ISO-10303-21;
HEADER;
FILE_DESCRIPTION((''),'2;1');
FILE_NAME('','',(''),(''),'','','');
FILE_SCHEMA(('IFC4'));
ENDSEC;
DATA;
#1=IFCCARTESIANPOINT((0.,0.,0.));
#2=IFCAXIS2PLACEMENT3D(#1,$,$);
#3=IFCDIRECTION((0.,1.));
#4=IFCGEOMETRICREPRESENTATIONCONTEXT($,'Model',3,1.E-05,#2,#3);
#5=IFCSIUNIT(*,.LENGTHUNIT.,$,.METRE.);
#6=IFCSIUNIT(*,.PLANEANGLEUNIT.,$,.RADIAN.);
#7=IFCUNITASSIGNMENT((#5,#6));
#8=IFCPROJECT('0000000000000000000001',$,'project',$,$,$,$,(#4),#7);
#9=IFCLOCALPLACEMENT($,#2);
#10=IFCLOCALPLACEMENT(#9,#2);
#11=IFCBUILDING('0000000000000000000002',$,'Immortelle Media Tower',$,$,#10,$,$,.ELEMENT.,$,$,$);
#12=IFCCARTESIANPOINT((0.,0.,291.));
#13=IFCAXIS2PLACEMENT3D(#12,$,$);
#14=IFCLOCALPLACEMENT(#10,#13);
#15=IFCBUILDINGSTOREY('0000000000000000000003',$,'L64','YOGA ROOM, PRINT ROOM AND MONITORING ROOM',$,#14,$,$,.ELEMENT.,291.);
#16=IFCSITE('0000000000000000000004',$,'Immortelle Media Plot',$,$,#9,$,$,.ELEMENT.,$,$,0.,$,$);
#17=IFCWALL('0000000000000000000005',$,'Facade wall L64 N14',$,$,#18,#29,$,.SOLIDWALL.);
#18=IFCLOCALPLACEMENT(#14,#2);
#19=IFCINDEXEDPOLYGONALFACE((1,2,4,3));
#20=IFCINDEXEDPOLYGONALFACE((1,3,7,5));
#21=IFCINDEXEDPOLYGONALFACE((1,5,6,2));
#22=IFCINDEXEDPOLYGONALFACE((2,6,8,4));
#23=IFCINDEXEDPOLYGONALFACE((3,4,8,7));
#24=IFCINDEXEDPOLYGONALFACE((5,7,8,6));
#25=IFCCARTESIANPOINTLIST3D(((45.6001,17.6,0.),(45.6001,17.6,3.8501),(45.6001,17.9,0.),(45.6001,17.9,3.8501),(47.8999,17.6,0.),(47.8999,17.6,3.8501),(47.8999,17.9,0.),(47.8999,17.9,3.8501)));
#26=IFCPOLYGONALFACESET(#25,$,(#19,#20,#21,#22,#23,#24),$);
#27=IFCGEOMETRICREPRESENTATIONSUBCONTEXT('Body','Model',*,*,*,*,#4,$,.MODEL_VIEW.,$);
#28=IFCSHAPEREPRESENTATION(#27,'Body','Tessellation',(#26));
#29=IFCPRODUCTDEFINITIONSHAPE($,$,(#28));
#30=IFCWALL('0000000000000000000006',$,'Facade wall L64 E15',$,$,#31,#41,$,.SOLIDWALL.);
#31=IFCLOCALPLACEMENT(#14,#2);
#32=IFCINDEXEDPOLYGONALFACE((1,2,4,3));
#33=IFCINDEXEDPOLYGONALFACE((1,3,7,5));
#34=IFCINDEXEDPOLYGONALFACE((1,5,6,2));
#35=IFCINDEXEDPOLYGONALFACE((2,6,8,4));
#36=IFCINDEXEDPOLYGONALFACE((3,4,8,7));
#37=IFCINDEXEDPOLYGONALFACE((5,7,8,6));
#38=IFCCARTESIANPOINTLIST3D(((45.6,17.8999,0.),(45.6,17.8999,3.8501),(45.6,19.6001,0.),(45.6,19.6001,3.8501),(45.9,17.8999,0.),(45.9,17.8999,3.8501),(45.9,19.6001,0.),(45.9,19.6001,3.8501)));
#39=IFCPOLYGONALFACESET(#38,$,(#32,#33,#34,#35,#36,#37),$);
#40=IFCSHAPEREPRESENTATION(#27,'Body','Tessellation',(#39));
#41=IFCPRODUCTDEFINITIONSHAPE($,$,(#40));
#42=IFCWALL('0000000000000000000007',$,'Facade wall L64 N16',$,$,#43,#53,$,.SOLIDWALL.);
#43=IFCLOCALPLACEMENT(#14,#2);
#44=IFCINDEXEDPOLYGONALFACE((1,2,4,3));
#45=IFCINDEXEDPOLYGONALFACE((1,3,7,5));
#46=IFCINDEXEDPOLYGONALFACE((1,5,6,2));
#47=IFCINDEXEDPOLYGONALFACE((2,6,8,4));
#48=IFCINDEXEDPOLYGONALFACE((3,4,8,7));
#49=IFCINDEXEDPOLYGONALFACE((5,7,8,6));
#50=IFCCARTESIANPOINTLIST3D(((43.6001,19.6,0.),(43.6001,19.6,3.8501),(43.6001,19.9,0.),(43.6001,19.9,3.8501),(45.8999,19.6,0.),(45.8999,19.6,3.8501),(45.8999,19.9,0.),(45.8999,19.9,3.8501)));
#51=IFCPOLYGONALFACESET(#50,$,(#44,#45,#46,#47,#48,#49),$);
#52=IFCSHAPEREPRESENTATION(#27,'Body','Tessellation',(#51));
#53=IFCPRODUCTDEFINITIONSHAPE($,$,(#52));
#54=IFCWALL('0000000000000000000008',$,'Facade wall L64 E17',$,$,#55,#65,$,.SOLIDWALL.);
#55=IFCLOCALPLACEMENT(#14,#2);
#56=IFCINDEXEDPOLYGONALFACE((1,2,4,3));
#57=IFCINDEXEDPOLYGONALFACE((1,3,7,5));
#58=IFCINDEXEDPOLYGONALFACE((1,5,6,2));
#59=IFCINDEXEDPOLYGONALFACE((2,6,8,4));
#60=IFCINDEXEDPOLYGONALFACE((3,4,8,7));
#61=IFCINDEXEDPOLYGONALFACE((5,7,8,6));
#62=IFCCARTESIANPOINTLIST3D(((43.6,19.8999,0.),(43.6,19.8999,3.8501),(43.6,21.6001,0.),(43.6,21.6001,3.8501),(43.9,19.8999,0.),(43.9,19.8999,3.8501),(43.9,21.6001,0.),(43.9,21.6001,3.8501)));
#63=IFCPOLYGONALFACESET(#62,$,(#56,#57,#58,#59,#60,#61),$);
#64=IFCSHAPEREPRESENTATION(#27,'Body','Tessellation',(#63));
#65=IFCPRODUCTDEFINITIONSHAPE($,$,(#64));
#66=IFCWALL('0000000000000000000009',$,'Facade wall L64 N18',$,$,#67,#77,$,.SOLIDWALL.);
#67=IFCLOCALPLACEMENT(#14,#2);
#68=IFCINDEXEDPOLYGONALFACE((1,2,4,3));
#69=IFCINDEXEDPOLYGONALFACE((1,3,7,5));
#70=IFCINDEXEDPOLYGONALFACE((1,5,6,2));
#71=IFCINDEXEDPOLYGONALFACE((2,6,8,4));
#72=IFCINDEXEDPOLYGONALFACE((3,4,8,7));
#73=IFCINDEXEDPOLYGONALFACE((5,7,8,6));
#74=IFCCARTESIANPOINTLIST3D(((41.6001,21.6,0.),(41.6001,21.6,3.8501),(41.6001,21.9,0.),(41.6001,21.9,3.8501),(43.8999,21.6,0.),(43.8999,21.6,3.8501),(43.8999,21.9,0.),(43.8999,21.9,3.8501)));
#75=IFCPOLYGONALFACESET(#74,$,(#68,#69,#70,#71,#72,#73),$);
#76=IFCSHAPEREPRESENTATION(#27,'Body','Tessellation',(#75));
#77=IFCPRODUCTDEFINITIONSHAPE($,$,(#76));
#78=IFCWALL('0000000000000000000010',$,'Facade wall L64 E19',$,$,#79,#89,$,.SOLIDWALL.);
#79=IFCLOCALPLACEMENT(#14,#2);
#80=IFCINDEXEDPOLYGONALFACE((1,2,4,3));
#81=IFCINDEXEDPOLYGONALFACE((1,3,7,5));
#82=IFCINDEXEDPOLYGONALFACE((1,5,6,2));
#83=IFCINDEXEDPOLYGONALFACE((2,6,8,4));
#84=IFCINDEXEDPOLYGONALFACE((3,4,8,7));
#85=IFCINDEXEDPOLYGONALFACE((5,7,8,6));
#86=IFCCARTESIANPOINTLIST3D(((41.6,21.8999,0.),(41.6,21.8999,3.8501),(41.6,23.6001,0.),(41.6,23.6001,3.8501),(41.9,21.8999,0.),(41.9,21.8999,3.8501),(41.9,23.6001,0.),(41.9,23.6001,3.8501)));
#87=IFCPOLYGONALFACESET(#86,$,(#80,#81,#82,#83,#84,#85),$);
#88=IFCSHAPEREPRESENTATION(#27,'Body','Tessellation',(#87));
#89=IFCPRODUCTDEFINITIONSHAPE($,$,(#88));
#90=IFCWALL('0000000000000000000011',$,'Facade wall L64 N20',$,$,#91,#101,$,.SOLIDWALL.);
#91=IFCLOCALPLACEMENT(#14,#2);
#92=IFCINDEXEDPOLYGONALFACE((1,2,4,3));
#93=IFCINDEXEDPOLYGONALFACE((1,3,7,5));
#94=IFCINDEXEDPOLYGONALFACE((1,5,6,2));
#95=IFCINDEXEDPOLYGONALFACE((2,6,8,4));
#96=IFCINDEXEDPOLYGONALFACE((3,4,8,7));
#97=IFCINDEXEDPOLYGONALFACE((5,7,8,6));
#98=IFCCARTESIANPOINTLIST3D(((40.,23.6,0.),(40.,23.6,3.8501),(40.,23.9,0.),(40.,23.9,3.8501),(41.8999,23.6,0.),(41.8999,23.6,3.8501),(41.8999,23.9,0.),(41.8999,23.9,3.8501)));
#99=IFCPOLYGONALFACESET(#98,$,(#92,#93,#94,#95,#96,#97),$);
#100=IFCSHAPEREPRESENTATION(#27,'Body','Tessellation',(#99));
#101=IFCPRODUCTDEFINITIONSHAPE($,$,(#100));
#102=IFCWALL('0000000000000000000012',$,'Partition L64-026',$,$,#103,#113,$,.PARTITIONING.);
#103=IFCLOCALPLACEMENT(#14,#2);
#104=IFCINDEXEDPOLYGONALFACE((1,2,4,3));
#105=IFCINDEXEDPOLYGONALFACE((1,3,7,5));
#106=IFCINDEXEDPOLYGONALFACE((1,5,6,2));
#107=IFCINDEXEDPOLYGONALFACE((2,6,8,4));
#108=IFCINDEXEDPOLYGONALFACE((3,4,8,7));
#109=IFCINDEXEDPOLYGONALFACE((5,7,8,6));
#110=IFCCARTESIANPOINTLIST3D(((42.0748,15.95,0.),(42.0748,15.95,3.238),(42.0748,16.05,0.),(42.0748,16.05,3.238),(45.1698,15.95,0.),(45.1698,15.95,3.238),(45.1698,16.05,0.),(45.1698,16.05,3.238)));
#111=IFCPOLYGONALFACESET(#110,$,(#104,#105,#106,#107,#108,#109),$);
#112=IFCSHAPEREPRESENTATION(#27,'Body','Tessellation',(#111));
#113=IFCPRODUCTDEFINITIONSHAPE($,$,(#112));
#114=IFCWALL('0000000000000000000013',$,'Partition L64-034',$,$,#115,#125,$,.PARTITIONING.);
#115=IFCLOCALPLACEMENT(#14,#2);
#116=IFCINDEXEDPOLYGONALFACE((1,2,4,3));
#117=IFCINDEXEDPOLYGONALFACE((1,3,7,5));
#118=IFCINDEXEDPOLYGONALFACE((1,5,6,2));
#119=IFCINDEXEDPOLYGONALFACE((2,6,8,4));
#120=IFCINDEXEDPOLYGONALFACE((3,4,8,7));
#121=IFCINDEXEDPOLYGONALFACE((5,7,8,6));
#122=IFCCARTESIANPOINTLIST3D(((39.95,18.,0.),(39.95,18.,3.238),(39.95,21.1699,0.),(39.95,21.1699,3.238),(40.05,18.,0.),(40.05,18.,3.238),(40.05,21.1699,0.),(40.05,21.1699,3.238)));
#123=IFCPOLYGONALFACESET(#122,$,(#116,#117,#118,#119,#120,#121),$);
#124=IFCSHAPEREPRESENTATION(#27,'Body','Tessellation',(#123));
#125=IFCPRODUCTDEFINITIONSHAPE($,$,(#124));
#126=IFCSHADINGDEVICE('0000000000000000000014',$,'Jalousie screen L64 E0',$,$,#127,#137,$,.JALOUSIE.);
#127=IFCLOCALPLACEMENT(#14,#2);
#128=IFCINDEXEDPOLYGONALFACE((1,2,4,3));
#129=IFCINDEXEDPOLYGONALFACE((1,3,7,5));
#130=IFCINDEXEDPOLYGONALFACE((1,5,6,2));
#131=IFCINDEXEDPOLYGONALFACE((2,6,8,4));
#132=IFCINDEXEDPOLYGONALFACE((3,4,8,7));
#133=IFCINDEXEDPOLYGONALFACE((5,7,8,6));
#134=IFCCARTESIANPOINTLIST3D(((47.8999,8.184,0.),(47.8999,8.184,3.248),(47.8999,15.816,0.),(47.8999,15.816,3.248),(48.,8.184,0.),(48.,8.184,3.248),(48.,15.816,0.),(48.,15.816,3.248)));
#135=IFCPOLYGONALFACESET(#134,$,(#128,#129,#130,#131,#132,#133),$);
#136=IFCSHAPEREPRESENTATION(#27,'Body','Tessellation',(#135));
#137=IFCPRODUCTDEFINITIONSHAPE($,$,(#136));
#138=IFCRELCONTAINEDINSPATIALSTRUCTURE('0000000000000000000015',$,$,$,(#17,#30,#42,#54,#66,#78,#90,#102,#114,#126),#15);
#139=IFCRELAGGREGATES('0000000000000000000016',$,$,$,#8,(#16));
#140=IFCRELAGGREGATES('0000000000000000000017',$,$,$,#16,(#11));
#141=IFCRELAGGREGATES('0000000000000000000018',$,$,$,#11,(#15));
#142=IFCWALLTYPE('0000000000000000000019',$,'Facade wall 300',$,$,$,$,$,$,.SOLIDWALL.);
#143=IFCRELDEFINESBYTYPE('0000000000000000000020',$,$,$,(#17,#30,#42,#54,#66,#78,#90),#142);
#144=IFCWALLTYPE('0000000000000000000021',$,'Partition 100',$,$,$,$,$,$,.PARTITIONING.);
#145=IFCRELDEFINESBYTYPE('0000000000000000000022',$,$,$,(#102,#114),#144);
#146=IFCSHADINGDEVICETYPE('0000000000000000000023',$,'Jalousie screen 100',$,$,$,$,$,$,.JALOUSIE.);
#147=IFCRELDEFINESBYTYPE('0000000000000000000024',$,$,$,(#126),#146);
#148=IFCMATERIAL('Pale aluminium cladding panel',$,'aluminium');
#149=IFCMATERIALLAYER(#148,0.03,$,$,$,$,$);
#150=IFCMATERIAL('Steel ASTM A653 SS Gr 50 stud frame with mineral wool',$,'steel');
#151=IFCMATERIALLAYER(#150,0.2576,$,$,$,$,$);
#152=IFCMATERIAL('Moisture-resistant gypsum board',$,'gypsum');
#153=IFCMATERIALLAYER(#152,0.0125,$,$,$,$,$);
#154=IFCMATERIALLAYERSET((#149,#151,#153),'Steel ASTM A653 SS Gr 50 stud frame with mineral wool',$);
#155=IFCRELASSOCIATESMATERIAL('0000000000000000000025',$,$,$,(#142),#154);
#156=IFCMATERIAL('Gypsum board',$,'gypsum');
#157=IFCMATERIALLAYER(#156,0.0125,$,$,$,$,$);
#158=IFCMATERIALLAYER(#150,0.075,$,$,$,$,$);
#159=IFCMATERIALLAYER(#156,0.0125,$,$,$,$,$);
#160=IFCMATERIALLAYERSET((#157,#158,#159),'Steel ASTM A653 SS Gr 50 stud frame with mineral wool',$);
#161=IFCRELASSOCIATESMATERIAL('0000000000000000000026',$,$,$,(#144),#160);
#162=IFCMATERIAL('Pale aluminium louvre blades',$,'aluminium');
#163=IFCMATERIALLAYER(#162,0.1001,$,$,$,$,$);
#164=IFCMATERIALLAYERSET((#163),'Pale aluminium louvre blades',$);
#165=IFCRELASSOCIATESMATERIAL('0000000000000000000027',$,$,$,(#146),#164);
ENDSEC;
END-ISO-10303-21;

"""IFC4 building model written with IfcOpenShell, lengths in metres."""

from ifc_helpers import new_model, si_unit, direction, frame, frame_2d, origin, origin_2d, place, context, subcontext, project, spatial, rectangle, extrude, material, layer, layer_set, type_object, element, save


model = new_model("IFC4")

# Units and contexts
model_context = context("Model", 3, precision=1e-05, world=origin(), true_north=direction((0.0, 1.0)))
body_context = subcontext(model_context, "Body", "Model", "MODEL_VIEW")
ifc_project = project(units=[si_unit("LENGTHUNIT", "METRE"), si_unit("PLANEANGLEUNIT", "RADIAN")], contexts=[model_context])

# Site, building, storey
site_placement = place(None, origin())
site = spatial("IfcSite", under=ifc_project, at=site_placement, Name="Immortelle Media Plot", CompositionType="ELEMENT", RefElevation=0.0)
building_placement = place(site_placement, origin())
building = spatial("IfcBuilding", under=site, at=building_placement, Name="Immortelle Media Tower", CompositionType="ELEMENT")
storey_placement = place(building_placement, frame((0.0, 0.0, 291.0)))
storey = spatial("IfcBuildingStorey", under=building, at=storey_placement, Name="L64", Description="YOGA ROOM, PRINT ROOM AND MONITORING ROOM", CompositionType="ELEMENT", Elevation=291.0)

# Walls
ifc_material_1 = material(Name="Steel ASTM A653 SS Gr 50 stud frame with mineral wool", Category="steel")
ifc_material_2 = material(Name="Pale aluminium cladding panel", Category="aluminium")
ifc_layer_1 = layer(ifc_material_2, 0.03)
ifc_layer_2 = layer(ifc_material_1, 0.2576)
ifc_material_3 = material(Name="Moisture-resistant gypsum board", Category="gypsum")
ifc_layer_3 = layer(ifc_material_3, 0.0125)
ifc_layer_set_1 = layer_set([ifc_layer_1, ifc_layer_2, ifc_layer_3], Name="Steel ASTM A653 SS Gr 50 stud frame with mineral wool")
wall_type_1 = type_object("IfcWallType", Name="Facade wall 300", PredefinedType="SOLIDWALL", material=ifc_layer_set_1)
wall_1_placement = place(storey_placement, frame((47.8999, 17.75, 0.0), z_axis=(0.0, 0.0, 1.0), x_axis=(-1.0, 0.0, 0.0)))
element("IfcWall", 1, at=wall_1_placement, inside=storey, type_object=wall_type_1, Name="Facade wall L64 N14", PredefinedType="SOLIDWALL", context=body_context, shape_type="SweptSolid", body=[
    extrude(rectangle(XDim=2.2998, YDim=0.3, at=frame_2d((1.1499, 0.0))), origin(), (0.0, 0.0, 1.0), 3.8501),
])
wall_2_placement = place(storey_placement, frame((45.75, 17.8999, 0.0), z_axis=(0.0, 0.0, 1.0), x_axis=(0.0, 1.0, 0.0)))
element("IfcWall", 2, at=wall_2_placement, inside=storey, type_object=wall_type_1, Name="Facade wall L64 E15", PredefinedType="SOLIDWALL", context=body_context, shape_type="SweptSolid", body=[
    extrude(rectangle(XDim=1.7002, YDim=0.3, at=frame_2d((0.8501, 0.0))), origin(), (0.0, 0.0, 1.0), 3.8501),
])
wall_3_placement = place(storey_placement, frame((45.8999, 19.75, 0.0), z_axis=(0.0, 0.0, 1.0), x_axis=(-1.0, 0.0, 0.0)))
element("IfcWall", 3, at=wall_3_placement, inside=storey, type_object=wall_type_1, Name="Facade wall L64 N16", PredefinedType="SOLIDWALL", context=body_context, shape_type="SweptSolid", body=[
    extrude(rectangle(XDim=2.2998, YDim=0.3, at=frame_2d((1.1499, 0.0))), origin(), (0.0, 0.0, 1.0), 3.8501),
])
wall_4_placement = place(storey_placement, frame((43.75, 19.8999, 0.0), z_axis=(0.0, 0.0, 1.0), x_axis=(0.0, 1.0, 0.0)))
element("IfcWall", 4, at=wall_4_placement, inside=storey, type_object=wall_type_1, Name="Facade wall L64 E17", PredefinedType="SOLIDWALL", context=body_context, shape_type="SweptSolid", body=[
    extrude(rectangle(XDim=1.7002, YDim=0.3, at=frame_2d((0.8501, 0.0))), origin(), (0.0, 0.0, 1.0), 3.8501),
])
wall_5_placement = place(storey_placement, frame((43.8999, 21.75, 0.0), z_axis=(0.0, 0.0, 1.0), x_axis=(-1.0, 0.0, 0.0)))
element("IfcWall", 5, at=wall_5_placement, inside=storey, type_object=wall_type_1, Name="Facade wall L64 N18", PredefinedType="SOLIDWALL", context=body_context, shape_type="SweptSolid", body=[
    extrude(rectangle(XDim=2.2998, YDim=0.3, at=frame_2d((1.1499, 0.0))), origin(), (0.0, 0.0, 1.0), 3.8501),
])
wall_6_placement = place(storey_placement, frame((41.75, 21.8999, 0.0), z_axis=(0.0, 0.0, 1.0), x_axis=(0.0, 1.0, 0.0)))
element("IfcWall", 6, at=wall_6_placement, inside=storey, type_object=wall_type_1, Name="Facade wall L64 E19", PredefinedType="SOLIDWALL", context=body_context, shape_type="SweptSolid", body=[
    extrude(rectangle(XDim=1.7002, YDim=0.3, at=frame_2d((0.8501, 0.0))), origin(), (0.0, 0.0, 1.0), 3.8501),
])
wall_7_placement = place(storey_placement, frame((41.8999, 23.75, 0.0), z_axis=(0.0, 0.0, 1.0), x_axis=(-1.0, 0.0, 0.0)))
element("IfcWall", 7, at=wall_7_placement, inside=storey, type_object=wall_type_1, Name="Facade wall L64 N20", PredefinedType="SOLIDWALL", context=body_context, shape_type="SweptSolid", body=[
    extrude(rectangle(XDim=1.8999, YDim=0.3, at=frame_2d((0.95, 0.0))), origin(), (0.0, 0.0, 1.0), 3.8501),
])
ifc_material_4 = material(Name="Gypsum board", Category="gypsum")
ifc_layer_4 = layer(ifc_material_4, 0.0125)
ifc_layer_5 = layer(ifc_material_1, 0.075)
ifc_layer_6 = layer(ifc_material_4, 0.0125)
ifc_layer_set_2 = layer_set([ifc_layer_4, ifc_layer_5, ifc_layer_6], Name="Steel ASTM A653 SS Gr 50 stud frame with mineral wool")
wall_type_2 = type_object("IfcWallType", Name="Partition 100", PredefinedType="PARTITIONING", material=ifc_layer_set_2)
wall_8_placement = place(storey_placement, frame((42.075, 16.0, 0.0), z_axis=(0.0, 0.0, 1.0), x_axis=(1.0, 0.0, 0.0)))
element("IfcWall", 8, at=wall_8_placement, inside=storey, type_object=wall_type_2, Name="Partition L64-026", PredefinedType="PARTITIONING", context=body_context, shape_type="SweptSolid", body=[
    extrude(rectangle(XDim=3.095, YDim=0.1001, at=frame_2d((1.5474, 0.0))), origin(), (0.0, 0.0, 1.0), 3.238),
])
wall_9_placement = place(storey_placement, frame((40.0, 18.0, 0.0), z_axis=(0.0, 0.0, 1.0), x_axis=(0.0, 1.0, 0.0)))
element("IfcWall", 9, at=wall_9_placement, inside=storey, type_object=wall_type_2, Name="Partition L64-034", PredefinedType="PARTITIONING", context=body_context, shape_type="SweptSolid", body=[
    extrude(rectangle(XDim=3.1699, YDim=0.1001, at=frame_2d((1.585, 0.0))), origin(), (0.0, 0.0, 1.0), 3.238),
])

# Shading device
ifc_material_5 = material(Name="Pale aluminium louvre blades", Category="aluminium")
ifc_layer_7 = layer(ifc_material_5, 0.1001)
ifc_layer_set_3 = layer_set([ifc_layer_7], Name="Pale aluminium louvre blades")
shading_device_type = type_object("IfcShadingDeviceType", Name="Jalousie screen 100", PredefinedType="JALOUSIE", material=ifc_layer_set_3)
shading_device_placement = place(storey_placement, frame((47.95, 12.0, 0.0), z_axis=(0.0, 0.0, 1.0), x_axis=(0.0, 1.0, 0.0)))
element("IfcShadingDevice", 10, at=shading_device_placement, inside=storey, type_object=shading_device_type, Name="Jalousie screen L64 E0", PredefinedType="JALOUSIE", context=body_context, shape_type="SweptSolid", body=[
    extrude(rectangle(XDim=7.6321, YDim=0.1001, at=origin_2d()), origin(), (0.0, 0.0, 1.0), 3.248),
])

save(model, "model.ifc")
